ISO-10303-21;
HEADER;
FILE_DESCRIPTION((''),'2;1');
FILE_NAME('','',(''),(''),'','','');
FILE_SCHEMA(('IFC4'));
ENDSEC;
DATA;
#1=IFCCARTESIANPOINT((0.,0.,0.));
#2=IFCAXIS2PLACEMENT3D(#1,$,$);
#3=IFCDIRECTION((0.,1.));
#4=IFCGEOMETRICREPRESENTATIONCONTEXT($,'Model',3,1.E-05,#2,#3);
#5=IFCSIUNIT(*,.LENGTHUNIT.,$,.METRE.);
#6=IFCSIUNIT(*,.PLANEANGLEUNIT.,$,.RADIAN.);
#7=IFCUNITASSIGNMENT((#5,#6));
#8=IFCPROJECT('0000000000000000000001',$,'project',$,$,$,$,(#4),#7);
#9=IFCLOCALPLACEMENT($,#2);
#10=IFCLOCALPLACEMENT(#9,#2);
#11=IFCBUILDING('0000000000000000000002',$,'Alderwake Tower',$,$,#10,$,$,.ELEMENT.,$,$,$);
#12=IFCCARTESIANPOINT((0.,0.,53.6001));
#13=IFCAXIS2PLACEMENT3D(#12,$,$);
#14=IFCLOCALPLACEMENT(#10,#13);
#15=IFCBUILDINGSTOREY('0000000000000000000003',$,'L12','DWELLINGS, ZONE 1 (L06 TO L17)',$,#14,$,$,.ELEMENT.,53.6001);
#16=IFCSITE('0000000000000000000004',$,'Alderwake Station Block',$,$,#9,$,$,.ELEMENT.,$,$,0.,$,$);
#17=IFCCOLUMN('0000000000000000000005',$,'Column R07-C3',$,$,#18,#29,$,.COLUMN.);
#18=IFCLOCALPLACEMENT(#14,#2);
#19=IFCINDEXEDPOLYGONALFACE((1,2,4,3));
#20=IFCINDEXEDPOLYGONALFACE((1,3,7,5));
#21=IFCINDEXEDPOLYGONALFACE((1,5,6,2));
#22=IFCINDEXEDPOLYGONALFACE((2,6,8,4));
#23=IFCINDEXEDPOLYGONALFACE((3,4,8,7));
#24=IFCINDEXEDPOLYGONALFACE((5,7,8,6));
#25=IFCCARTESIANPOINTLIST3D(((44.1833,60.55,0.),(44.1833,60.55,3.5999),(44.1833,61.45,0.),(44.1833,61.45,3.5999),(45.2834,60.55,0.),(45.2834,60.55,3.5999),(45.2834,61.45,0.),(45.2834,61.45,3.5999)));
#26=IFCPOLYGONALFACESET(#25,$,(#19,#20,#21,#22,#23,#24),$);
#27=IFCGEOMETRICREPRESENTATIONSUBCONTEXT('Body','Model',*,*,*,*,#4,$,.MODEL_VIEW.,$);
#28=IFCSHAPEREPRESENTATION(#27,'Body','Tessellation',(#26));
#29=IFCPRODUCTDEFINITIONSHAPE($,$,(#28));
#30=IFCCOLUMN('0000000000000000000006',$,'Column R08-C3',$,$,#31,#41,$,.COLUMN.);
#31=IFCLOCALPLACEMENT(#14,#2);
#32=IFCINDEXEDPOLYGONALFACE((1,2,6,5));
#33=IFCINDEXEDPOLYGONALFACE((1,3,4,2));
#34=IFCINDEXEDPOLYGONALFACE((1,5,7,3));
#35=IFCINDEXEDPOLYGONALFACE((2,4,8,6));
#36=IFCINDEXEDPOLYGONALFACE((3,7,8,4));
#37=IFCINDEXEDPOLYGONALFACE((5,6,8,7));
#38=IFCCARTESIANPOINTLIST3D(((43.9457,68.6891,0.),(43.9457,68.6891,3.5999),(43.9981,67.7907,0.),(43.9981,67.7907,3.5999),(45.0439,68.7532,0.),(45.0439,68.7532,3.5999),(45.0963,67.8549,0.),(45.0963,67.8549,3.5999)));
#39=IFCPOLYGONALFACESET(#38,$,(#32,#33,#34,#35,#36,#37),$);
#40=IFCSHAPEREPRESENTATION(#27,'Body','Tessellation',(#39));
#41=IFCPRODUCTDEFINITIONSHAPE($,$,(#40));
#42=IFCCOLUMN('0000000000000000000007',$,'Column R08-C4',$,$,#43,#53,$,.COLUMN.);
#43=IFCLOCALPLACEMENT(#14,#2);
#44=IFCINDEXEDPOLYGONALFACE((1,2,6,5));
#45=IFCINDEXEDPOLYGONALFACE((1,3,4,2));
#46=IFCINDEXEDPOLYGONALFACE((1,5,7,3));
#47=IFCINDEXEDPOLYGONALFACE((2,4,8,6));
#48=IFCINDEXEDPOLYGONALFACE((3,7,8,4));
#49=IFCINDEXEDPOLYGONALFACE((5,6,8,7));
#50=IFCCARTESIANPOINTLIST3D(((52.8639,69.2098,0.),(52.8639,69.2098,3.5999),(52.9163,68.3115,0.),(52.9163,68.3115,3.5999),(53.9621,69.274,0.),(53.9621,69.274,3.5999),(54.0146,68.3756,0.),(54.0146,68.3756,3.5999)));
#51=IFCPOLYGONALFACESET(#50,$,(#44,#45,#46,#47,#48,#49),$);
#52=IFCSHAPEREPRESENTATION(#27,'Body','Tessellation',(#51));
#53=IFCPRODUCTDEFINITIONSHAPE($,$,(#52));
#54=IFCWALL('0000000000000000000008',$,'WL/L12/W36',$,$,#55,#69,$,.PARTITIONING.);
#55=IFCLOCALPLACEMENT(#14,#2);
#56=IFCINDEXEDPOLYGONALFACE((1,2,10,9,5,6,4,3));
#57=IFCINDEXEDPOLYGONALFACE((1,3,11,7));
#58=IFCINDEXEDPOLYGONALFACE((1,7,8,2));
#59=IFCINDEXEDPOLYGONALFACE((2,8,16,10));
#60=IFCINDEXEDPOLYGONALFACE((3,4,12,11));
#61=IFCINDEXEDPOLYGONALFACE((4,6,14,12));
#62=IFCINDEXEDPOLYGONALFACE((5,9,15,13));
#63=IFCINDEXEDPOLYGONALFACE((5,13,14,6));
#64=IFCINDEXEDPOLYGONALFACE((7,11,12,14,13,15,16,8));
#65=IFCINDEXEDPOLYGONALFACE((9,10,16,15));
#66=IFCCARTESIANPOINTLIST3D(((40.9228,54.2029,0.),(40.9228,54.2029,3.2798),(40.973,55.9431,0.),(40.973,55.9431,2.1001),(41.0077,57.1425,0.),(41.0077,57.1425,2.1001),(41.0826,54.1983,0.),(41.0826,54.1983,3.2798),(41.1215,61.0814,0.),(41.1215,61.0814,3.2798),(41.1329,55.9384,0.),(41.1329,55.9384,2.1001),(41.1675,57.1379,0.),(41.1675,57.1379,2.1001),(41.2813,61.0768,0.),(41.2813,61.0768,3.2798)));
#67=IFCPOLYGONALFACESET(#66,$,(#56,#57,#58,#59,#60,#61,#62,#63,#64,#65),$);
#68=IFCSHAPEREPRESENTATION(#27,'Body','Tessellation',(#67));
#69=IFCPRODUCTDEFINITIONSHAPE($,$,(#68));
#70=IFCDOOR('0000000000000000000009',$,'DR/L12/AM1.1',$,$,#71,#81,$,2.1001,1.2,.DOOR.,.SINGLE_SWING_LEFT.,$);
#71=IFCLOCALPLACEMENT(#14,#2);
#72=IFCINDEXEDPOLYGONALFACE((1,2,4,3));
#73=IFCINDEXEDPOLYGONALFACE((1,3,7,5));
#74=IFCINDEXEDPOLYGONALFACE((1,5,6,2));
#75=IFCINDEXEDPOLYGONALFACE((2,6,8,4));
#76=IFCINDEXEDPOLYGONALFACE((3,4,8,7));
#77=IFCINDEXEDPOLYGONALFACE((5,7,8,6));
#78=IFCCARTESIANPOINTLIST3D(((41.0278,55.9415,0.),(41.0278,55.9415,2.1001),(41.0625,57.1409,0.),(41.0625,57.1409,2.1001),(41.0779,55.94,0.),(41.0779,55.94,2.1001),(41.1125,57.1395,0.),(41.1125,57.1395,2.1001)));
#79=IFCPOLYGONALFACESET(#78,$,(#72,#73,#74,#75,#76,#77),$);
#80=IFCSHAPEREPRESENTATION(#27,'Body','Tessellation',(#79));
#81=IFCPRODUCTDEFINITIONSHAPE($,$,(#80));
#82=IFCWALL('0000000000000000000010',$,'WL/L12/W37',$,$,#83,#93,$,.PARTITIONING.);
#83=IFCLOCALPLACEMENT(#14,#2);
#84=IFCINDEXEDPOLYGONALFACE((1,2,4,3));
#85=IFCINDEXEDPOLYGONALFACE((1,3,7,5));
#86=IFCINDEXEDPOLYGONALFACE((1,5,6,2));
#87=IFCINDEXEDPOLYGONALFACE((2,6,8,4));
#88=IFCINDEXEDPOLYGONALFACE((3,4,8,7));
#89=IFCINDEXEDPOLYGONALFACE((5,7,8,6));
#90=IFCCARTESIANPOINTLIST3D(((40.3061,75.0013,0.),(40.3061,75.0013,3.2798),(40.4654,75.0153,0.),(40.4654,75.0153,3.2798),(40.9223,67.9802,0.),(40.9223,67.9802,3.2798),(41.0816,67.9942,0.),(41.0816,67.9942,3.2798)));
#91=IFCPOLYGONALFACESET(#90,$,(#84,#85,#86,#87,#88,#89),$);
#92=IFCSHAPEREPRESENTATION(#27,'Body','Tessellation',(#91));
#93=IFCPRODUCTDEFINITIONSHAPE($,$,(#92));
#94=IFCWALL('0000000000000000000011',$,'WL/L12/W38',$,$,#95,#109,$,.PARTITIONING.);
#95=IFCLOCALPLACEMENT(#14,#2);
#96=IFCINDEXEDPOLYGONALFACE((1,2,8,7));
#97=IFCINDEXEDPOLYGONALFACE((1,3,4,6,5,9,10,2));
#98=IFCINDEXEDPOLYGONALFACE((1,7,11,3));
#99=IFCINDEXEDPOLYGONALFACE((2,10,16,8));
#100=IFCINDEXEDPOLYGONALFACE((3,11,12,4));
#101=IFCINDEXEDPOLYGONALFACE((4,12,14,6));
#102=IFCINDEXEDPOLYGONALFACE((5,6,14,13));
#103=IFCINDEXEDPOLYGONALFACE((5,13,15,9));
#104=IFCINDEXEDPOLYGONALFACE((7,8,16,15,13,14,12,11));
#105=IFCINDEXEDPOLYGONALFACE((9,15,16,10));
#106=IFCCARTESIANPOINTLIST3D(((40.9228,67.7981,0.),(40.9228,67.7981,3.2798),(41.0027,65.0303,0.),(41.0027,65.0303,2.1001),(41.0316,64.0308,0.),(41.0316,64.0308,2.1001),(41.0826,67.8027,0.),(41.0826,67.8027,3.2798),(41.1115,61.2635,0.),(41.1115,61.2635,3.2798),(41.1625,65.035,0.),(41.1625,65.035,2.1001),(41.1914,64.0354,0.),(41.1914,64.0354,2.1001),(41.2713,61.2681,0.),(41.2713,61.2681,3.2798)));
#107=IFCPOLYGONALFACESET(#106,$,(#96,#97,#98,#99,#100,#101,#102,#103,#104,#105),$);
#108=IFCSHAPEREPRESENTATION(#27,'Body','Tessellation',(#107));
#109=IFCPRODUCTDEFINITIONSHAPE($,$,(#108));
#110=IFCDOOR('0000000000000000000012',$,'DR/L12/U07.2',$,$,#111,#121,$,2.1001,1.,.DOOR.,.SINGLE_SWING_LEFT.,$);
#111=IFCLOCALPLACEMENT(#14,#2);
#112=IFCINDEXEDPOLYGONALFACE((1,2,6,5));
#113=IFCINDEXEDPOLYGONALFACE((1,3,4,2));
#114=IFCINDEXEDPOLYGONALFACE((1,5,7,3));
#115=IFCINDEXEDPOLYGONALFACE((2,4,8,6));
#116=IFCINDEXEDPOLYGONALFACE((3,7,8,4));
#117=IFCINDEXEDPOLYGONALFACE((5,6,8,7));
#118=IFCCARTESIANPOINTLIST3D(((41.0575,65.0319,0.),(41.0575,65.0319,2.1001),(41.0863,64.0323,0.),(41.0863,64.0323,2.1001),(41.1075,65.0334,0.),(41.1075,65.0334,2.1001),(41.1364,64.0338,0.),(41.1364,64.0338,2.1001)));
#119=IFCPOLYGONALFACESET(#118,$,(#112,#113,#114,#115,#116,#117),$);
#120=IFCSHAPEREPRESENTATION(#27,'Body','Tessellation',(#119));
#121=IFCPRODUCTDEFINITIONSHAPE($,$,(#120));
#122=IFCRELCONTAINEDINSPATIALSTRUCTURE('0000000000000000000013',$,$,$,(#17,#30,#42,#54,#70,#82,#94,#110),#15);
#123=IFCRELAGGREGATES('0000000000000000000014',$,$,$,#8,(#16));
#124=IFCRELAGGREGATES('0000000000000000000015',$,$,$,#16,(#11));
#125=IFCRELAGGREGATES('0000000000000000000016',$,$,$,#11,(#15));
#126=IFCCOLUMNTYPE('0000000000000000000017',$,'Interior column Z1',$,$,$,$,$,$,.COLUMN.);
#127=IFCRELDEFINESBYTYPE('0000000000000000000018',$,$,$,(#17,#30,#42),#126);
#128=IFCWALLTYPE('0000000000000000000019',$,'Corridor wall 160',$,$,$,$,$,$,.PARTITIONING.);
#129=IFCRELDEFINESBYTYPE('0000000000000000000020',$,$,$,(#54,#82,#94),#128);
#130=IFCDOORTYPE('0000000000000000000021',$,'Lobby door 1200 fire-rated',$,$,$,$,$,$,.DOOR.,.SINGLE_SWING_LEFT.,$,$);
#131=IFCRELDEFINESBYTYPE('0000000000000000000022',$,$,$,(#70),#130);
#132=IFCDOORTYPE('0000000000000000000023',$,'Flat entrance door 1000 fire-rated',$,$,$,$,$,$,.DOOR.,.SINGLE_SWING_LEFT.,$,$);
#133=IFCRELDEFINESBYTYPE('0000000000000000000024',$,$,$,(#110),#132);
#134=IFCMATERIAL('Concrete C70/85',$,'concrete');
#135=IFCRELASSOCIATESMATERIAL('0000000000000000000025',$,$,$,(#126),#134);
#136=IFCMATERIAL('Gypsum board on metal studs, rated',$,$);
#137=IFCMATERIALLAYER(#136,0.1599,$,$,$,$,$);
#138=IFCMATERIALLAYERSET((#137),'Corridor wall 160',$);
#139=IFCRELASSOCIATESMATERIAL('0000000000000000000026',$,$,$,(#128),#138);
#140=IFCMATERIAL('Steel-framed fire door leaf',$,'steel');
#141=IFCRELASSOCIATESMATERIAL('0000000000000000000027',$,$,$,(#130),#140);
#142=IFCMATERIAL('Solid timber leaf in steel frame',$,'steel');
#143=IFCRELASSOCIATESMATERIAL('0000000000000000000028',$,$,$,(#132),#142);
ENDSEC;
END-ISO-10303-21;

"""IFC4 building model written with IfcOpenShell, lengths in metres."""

from ifc_helpers import new_model, si_unit, direction, frame, frame_2d, origin, origin_2d, place, context, subcontext, project, spatial, rectangle, extrude, material, layer, layer_set, material_profile, profile_set, type_object, element, fill, save


model = new_model("IFC4")

# Units and contexts
model_context = context("Model", 3, precision=1e-05, world=origin(), true_north=direction((0.0, 1.0)))
body_context = subcontext(model_context, "Body", "Model", "MODEL_VIEW")
ifc_project = project(units=[si_unit("LENGTHUNIT", "METRE"), si_unit("PLANEANGLEUNIT", "RADIAN")], contexts=[model_context])

# Site, building, storey
site_placement = place(None, origin())
site = spatial("IfcSite", under=ifc_project, at=site_placement, Name="Alderwake Station Block", CompositionType="ELEMENT", RefElevation=0.0)
building_placement = place(site_placement, origin())
building = spatial("IfcBuilding", under=site, at=building_placement, Name="Alderwake Tower", CompositionType="ELEMENT")
storey_placement = place(building_placement, frame((0.0, 0.0, 53.6001)))
storey = spatial("IfcBuildingStorey", under=building, at=storey_placement, Name="L12", Description="DWELLINGS, ZONE 1 (L06 TO L17)", CompositionType="ELEMENT", Elevation=53.6001)

# Columns
ifc_material_1 = material(Name="Concrete C70/85", Category="concrete")
ifc_material_profile = material_profile(ifc_material_1, rectangle(XDim=0.8999, YDim=1.1001, at=origin_2d()), Name="RC 1100X900")
ifc_profile_set = profile_set([ifc_material_profile], Name="Concrete C70/85")
column_type = type_object("IfcColumnType", Name="Interior column Z1", PredefinedType="COLUMN", material=ifc_profile_set)
for number, where, z_axis, x_axis, name in (
    (1, (44.7334, 61.0, 0.0), (0.0, 0.0, 1.0), (0.0, 1.0, 0.0), "Column R07-C3"),
    (2, (44.521, 68.272, 0.0), (0.0, 0.0, 1.0), (-0.058301, 0.998299, 0.0), "Column R08-C3"),
    (3, (53.4392, 68.7927, 0.0), (0.0, 0.0, 1.0), (-0.058301, 0.998299, 0.0), "Column R08-C4"),
):
    element("IfcColumn", number, at=place(storey_placement, frame(where, z_axis=z_axis, x_axis=x_axis)), inside=storey, type_object=column_type, Name=name, PredefinedType="COLUMN", context=body_context, shape_type="SweptSolid", body=[
        extrude(rectangle(XDim=0.8999, YDim=1.1001, at=origin_2d()), origin(), (0.0, 0.0, 1.0), 3.5999),
    ])

# Wall, opening, door
ifc_material_2 = material(Name="Gypsum board on metal studs, rated")
ifc_layer_1 = layer(ifc_material_2, 0.1599)
ifc_layer_set_1 = layer_set([ifc_layer_1], Name="Corridor wall 160")
wall_type_1 = type_object("IfcWallType", Name="Corridor wall 160", PredefinedType="PARTITIONING", material=ifc_layer_set_1)
wall_1_placement = place(storey_placement, frame((41.2014, 61.0791, 0.0), z_axis=(0.0, 0.0, 1.0), x_axis=(-0.02888, -0.999583, 0.0)))
wall_1 = element("IfcWall", 4, at=wall_1_placement, inside=storey, type_object=wall_type_1, Name="WL/L12/W36", PredefinedType="PARTITIONING", context=body_context, shape_type="SweptSolid", body=[
    extrude(rectangle(XDim=6.8813, YDim=0.1599, at=frame_2d((3.4407, 0.0))), origin(), (0.0, 0.0, 1.0), 3.2798),
])
opening_1_placement = place(wall_1_placement, frame((3.9404, 0.0, 0.0)))
opening_1 = element("IfcOpeningElement", 5, at=opening_1_placement, cuts=wall_1, PredefinedType="OPENING", context=body_context, shape_type="SweptSolid", body=[
    extrude(rectangle(XDim=1.2, YDim=2.1001, at=frame_2d((0.6001, 1.05))), frame((0.0, 0.0898, 0.0), z_axis=(0.0, -1.0, 0.0), x_axis=(1.0, 0.0, 0.0)), (0.0, 0.0, 1.0), 0.1799),
])
ifc_material_3 = material(Name="Steel-framed fire door leaf", Category="steel")
door_type_1 = type_object("IfcDoorType", Name="Lobby door 1200 fire-rated", OperationType="SINGLE_SWING_LEFT", PredefinedType="DOOR", material=ifc_material_3)
door_1_placement = place(opening_1_placement, origin())
door_1 = element("IfcDoor", 6, at=door_1_placement, inside=storey, type_object=door_type_1, Name="DR/L12/AM1.1", OperationType="SINGLE_SWING_LEFT", OverallHeight=2.1001, OverallWidth=1.2, PredefinedType="DOOR", context=body_context, shape_type="SweptSolid", body=[
    extrude(rectangle(XDim=1.2, YDim=2.1001, at=frame_2d((0.6001, 1.05))), frame((0.0, 0.0249, 0.0), z_axis=(0.0, -1.0, 0.0), x_axis=(1.0, 0.0, 0.0)), (0.0, 0.0, 1.0), 0.05),
])
fill(opening_1, door_1)

# Wall
wall_2_placement = place(storey_placement, frame((41.002, 67.9873, 0.0), z_axis=(0.0, 0.0, 1.0), x_axis=(-0.087431, 0.996171, 0.0)))
element("IfcWall", 7, at=wall_2_placement, inside=storey, type_object=wall_type_1, Name="WL/L12/W37", PredefinedType="PARTITIONING", context=body_context, shape_type="SweptSolid", body=[
    extrude(rectangle(XDim=7.0481, YDim=0.1599, at=frame_2d((3.5239, 0.0))), origin(), (0.0, 0.0, 1.0), 3.2798),
])

# Wall, opening, door
wall_3_placement = place(storey_placement, frame((41.0027, 67.8003, 0.0), z_axis=(0.0, 0.0, 1.0), x_axis=(0.028868, -0.999583, 0.0)))
wall_3 = element("IfcWall", 8, at=wall_3_placement, inside=storey, type_object=wall_type_1, Name="WL/L12/W38", PredefinedType="PARTITIONING", context=body_context, shape_type="SweptSolid", body=[
    extrude(rectangle(XDim=6.5374, YDim=0.1599, at=frame_2d((3.2686, 0.0))), origin(), (0.0, 0.0, 1.0), 3.2798),
])
opening_2_placement = place(wall_3_placement, frame((2.7688, 0.0, 0.0)))
opening_2 = element("IfcOpeningElement", 9, at=opening_2_placement, cuts=wall_3, PredefinedType="OPENING", context=body_context, shape_type="SweptSolid", body=[
    extrude(rectangle(XDim=1.0, YDim=2.1001, at=frame_2d((0.5, 1.05))), frame((0.0, 0.0898, 0.0), z_axis=(0.0, -1.0, 0.0), x_axis=(1.0, 0.0, 0.0)), (0.0, 0.0, 1.0), 0.1799),
])
ifc_material_4 = material(Name="Solid timber leaf in steel frame", Category="steel")
door_type_2 = type_object("IfcDoorType", Name="Flat entrance door 1000 fire-rated", OperationType="SINGLE_SWING_LEFT", PredefinedType="DOOR", material=ifc_material_4)
door_2_placement = place(opening_2_placement, origin())
door_2 = element("IfcDoor", 10, at=door_2_placement, inside=storey, type_object=door_type_2, Name="DR/L12/U07.2", OperationType="SINGLE_SWING_LEFT", OverallHeight=2.1001, OverallWidth=1.0, PredefinedType="DOOR", context=body_context, shape_type="SweptSolid", body=[
    extrude(rectangle(XDim=1.0, YDim=2.1001, at=frame_2d((0.5, 1.05))), frame((0.0, 0.0249, 0.0), z_axis=(0.0, -1.0, 0.0), x_axis=(1.0, 0.0, 0.0)), (0.0, 0.0, 1.0), 0.05),
])
fill(opening_2, door_2)

save(model, "model.ifc")
